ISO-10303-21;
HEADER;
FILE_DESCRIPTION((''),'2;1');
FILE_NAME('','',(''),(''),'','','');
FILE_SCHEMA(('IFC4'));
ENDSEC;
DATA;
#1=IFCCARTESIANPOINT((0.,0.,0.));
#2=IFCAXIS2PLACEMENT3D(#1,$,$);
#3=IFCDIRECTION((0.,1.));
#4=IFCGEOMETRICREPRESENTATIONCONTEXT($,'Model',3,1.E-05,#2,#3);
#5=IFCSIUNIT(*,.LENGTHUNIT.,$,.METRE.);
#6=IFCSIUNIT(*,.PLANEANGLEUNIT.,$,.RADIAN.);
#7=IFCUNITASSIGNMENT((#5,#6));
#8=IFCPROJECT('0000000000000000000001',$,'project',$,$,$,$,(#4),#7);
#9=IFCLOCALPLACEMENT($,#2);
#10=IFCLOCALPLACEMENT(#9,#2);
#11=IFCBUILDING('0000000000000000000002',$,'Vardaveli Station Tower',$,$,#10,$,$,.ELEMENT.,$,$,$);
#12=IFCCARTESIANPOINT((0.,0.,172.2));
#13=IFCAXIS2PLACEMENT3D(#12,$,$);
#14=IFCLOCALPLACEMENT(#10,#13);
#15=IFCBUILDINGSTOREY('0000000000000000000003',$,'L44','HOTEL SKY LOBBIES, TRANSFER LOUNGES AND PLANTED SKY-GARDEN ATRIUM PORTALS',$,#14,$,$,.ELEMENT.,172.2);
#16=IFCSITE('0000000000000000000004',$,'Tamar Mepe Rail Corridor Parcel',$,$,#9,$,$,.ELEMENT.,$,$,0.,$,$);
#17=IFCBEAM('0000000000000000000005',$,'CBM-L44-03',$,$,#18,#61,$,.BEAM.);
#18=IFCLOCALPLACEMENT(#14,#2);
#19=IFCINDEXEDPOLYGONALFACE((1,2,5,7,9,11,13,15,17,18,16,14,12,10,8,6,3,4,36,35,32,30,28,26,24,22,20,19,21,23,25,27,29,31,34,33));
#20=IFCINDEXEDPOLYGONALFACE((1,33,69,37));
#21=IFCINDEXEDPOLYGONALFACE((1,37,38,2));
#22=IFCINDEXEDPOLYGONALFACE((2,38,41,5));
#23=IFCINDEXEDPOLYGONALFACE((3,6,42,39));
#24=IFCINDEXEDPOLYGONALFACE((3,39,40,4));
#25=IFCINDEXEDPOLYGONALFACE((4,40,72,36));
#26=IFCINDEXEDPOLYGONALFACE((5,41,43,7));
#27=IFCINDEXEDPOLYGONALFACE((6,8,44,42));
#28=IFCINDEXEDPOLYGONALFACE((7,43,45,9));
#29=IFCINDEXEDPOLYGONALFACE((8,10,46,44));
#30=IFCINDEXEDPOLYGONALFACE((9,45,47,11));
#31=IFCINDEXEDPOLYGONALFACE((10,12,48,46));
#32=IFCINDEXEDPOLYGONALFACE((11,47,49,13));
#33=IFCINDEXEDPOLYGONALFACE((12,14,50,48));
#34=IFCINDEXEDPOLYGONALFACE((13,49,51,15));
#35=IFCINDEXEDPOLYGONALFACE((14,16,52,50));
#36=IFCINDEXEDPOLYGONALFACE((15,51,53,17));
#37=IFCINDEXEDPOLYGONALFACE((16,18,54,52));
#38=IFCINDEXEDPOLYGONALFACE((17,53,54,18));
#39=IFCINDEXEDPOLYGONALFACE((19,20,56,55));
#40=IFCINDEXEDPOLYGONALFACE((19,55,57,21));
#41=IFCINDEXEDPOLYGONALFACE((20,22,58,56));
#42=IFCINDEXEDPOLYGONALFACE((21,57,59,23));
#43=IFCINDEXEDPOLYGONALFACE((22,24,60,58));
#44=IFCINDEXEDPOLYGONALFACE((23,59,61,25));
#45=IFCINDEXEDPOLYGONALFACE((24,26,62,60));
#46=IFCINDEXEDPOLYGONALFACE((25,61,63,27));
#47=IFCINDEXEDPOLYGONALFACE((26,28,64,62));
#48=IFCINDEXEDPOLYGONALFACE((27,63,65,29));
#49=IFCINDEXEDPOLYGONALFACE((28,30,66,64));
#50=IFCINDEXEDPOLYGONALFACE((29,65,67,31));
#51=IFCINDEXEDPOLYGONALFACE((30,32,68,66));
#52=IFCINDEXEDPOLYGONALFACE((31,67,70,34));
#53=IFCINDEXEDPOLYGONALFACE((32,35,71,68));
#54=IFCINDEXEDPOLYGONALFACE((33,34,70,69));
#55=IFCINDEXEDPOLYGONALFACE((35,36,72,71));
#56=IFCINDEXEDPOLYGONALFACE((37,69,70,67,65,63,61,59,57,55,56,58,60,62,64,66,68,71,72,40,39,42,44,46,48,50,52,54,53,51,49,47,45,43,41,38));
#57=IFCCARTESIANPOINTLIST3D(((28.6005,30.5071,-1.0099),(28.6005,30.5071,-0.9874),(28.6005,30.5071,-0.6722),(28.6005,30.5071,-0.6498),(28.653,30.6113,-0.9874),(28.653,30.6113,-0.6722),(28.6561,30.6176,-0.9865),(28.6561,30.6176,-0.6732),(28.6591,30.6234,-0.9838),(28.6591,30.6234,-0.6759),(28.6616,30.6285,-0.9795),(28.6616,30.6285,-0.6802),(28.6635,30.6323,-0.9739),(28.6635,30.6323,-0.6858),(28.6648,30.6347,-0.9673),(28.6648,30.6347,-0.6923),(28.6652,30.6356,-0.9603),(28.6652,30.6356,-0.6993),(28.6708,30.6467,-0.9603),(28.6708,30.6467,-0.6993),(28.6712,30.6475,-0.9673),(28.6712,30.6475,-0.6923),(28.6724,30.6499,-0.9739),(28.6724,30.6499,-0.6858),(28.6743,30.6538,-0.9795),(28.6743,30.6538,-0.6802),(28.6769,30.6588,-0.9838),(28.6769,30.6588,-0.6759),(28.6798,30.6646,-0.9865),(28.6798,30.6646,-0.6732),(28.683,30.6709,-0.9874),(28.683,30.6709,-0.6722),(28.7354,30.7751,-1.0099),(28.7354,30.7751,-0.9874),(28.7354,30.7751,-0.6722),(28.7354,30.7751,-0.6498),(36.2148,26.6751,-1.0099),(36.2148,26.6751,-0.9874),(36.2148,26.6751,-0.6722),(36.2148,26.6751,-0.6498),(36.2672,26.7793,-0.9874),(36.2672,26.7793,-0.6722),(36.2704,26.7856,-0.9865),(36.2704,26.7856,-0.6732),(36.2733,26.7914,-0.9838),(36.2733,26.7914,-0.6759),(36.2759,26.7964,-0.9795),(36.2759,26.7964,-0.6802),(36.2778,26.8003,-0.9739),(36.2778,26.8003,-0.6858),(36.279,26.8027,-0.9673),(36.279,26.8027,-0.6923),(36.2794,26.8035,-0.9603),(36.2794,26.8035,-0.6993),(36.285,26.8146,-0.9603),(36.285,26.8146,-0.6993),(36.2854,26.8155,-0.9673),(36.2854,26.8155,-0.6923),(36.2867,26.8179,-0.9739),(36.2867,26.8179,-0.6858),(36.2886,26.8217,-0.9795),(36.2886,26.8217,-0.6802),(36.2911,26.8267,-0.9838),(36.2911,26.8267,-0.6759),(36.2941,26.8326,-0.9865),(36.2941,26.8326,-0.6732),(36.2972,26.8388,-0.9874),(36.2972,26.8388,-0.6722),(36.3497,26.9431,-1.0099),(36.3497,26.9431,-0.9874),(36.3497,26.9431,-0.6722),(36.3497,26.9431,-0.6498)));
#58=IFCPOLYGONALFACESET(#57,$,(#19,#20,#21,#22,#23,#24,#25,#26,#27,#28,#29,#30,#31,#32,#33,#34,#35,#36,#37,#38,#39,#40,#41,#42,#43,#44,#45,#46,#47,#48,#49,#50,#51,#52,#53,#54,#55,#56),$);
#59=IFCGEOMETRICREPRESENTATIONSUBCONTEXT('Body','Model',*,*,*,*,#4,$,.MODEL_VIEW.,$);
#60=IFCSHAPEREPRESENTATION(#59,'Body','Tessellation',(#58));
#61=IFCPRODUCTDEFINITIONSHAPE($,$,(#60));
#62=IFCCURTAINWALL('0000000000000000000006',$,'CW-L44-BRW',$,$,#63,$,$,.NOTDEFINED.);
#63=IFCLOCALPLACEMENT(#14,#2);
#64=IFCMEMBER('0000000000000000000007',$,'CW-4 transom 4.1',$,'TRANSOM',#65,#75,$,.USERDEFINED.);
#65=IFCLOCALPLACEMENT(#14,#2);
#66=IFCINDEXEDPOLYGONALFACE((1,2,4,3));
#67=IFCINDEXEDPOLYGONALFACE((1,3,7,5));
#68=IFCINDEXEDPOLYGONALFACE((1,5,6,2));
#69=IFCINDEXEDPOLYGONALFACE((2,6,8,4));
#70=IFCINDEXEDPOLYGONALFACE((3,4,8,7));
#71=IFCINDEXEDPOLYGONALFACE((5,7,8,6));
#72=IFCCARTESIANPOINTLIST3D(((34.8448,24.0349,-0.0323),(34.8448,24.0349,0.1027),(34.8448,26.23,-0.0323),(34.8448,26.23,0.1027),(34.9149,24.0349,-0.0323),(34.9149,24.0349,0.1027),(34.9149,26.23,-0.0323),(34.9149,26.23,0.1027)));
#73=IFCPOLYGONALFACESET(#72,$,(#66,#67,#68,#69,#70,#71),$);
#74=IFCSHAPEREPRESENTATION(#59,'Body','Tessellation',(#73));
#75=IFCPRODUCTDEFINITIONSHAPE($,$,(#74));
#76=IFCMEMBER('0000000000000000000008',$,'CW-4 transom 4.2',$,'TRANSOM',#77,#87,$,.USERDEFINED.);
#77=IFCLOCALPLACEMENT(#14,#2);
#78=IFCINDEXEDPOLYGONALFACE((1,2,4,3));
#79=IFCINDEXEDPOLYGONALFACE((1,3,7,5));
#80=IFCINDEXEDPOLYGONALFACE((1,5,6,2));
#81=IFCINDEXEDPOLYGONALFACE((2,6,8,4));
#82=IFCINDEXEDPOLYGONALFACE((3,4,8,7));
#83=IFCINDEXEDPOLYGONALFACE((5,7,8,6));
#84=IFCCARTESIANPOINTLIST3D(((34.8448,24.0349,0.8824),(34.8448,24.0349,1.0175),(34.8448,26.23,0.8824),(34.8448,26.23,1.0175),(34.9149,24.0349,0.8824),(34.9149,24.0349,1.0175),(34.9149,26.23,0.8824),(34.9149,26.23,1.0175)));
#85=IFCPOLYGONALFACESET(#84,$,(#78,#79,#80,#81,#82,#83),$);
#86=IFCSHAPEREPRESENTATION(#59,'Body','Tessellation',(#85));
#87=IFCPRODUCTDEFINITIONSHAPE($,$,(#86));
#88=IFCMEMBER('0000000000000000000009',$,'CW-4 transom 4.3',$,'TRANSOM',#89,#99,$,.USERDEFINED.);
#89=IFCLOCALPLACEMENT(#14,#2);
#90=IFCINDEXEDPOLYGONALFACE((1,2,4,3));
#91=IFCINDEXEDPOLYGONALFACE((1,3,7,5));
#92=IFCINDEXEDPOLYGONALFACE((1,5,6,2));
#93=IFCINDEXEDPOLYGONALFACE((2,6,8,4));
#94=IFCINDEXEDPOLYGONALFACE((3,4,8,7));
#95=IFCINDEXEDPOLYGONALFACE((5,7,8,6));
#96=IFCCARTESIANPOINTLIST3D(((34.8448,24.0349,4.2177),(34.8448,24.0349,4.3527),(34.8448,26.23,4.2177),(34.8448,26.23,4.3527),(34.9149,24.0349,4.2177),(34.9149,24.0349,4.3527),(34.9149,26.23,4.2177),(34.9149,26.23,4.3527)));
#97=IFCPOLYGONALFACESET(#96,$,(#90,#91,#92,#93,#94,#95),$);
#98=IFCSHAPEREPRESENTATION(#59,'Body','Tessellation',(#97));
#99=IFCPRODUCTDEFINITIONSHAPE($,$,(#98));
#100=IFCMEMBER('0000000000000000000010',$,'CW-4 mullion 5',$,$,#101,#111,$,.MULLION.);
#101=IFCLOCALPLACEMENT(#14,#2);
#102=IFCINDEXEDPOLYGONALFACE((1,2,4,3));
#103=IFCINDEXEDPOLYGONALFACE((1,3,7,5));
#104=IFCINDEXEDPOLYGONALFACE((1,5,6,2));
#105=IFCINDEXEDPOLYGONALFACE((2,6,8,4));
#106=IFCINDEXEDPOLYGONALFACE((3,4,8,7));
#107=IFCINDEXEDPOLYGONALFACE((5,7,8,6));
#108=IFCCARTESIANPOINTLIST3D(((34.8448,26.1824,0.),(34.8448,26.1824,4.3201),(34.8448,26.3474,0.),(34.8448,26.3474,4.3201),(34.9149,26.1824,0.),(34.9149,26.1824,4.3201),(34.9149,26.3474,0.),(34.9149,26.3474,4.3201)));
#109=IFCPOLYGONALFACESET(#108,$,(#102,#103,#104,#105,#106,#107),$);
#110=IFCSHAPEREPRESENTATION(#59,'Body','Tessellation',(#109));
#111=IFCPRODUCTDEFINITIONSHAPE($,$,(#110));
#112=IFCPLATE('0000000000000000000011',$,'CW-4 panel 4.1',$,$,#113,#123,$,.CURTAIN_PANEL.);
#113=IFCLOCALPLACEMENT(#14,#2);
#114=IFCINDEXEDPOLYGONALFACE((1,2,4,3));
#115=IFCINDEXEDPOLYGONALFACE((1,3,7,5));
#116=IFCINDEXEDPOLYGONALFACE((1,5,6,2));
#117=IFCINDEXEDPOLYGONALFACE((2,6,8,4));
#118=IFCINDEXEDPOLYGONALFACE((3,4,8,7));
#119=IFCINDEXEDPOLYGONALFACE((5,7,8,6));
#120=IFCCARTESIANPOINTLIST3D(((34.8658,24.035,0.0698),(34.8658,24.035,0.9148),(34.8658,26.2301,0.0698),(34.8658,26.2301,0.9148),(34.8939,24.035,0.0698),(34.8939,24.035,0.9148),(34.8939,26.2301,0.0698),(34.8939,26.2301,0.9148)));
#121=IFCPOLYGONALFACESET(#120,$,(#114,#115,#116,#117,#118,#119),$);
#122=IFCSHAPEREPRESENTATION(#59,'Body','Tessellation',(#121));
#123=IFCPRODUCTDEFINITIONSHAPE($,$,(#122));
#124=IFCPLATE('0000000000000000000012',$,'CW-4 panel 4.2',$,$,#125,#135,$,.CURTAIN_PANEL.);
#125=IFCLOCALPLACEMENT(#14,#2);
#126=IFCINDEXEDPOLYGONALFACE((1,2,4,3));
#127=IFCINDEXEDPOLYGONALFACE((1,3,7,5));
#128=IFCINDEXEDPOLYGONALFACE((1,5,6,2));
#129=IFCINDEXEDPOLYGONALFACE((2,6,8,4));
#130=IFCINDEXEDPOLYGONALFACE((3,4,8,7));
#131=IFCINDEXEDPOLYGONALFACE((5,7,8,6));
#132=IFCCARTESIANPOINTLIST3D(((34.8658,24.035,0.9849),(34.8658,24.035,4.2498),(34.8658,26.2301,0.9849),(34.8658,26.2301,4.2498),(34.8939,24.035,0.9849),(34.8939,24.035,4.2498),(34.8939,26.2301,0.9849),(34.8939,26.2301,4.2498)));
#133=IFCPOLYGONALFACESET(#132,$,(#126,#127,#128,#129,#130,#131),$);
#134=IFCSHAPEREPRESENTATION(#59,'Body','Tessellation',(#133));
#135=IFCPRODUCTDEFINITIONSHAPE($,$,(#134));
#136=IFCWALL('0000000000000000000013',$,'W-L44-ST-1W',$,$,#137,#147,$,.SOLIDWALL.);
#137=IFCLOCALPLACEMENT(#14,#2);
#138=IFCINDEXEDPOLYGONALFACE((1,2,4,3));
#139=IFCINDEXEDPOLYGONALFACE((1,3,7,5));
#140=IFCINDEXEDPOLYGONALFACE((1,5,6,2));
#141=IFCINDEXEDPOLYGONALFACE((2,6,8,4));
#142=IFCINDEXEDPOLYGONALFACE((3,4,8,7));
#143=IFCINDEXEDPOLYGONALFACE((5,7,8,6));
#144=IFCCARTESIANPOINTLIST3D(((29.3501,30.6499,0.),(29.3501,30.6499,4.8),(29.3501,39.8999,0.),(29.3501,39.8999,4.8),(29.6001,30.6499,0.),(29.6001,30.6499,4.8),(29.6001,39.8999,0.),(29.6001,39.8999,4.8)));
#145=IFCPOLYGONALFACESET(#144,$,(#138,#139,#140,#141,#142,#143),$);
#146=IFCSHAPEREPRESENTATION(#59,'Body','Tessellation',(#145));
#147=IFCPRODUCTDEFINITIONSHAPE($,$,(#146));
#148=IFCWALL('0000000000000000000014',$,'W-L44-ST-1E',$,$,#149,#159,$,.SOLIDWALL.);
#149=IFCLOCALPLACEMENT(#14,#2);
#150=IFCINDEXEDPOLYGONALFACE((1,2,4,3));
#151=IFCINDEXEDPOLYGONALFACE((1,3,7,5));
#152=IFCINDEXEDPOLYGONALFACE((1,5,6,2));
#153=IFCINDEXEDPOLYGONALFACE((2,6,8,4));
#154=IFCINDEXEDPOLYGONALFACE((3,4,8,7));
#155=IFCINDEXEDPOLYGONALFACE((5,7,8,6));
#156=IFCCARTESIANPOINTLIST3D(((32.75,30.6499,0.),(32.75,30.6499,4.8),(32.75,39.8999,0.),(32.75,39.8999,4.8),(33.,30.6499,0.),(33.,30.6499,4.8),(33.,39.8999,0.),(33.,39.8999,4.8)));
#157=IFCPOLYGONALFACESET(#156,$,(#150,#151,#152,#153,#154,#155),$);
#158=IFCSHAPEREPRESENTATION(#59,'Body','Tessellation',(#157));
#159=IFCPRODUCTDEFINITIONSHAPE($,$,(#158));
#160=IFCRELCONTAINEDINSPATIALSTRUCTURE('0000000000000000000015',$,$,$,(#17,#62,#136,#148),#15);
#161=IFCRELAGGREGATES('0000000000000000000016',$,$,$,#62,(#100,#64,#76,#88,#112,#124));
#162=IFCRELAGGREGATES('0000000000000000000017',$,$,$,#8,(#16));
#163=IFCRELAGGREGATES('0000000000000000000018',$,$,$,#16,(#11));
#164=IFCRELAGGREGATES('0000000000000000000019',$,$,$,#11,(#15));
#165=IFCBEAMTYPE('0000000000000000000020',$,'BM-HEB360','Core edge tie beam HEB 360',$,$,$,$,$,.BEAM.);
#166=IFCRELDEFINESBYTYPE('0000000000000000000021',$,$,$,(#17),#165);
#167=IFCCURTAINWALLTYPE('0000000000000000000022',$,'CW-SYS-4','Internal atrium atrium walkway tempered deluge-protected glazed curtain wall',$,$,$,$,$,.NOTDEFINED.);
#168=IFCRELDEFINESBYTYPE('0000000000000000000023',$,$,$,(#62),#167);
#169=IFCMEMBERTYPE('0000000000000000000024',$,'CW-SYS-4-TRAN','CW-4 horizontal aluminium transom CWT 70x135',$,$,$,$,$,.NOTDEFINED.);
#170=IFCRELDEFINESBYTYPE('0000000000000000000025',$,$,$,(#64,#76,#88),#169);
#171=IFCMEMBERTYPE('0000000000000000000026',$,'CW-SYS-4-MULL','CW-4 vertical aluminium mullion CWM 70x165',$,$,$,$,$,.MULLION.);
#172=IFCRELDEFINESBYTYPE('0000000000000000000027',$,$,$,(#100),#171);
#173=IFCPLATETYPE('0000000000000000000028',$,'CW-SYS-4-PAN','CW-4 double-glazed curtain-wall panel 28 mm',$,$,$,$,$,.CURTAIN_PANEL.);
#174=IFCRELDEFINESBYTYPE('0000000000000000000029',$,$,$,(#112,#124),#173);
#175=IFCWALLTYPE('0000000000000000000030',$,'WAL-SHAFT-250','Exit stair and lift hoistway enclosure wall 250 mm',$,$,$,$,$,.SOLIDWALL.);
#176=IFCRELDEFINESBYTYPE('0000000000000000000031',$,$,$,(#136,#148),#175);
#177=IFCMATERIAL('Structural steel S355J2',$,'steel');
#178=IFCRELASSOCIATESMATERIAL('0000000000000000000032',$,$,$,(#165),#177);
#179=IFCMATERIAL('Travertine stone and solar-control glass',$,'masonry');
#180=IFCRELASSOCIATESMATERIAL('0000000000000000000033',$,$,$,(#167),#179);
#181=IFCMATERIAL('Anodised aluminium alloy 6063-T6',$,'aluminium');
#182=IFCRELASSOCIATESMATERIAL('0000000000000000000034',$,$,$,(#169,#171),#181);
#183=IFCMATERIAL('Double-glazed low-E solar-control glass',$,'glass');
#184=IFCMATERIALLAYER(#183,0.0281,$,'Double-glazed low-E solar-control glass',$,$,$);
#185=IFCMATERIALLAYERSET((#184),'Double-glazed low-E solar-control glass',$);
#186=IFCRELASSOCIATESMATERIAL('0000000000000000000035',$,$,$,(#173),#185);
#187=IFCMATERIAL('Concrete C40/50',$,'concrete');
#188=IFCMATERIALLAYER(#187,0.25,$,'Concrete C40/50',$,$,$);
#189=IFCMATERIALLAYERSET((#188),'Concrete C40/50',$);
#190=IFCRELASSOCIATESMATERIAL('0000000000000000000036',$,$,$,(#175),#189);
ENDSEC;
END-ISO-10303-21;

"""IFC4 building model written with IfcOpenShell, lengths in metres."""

from ifc_helpers import new_model, si_unit, direction, frame, frame_2d, origin, origin_2d, place, context, subcontext, project, spatial, rectangle, i_section, extrude, source, transform, mapped, material, layer, layer_set, material_profile, profile_set, type_object, element, aggregate, save


model = new_model("IFC4")

# Units and contexts
model_context = context("Model", 3, precision=1e-05, world=origin(), true_north=direction((0.0, 1.0)))
body_context = subcontext(model_context, "Body", "Model", "MODEL_VIEW")
ifc_project = project(units=[si_unit("LENGTHUNIT", "METRE"), si_unit("PLANEANGLEUNIT", "RADIAN")], contexts=[model_context])

# Site, building, storey
site_placement = place(None, origin())
site = spatial("IfcSite", under=ifc_project, at=site_placement, Name="Tamar Mepe Rail Corridor Parcel", CompositionType="ELEMENT", RefElevation=0.0)
building_placement = place(site_placement, origin())
building = spatial("IfcBuilding", under=site, at=building_placement, Name="Vardaveli Station Tower", CompositionType="ELEMENT")
storey_placement = place(building_placement, frame((0.0, 0.0, 172.2)))
storey = spatial("IfcBuildingStorey", under=building, at=storey_placement, Name="L44", Description="HOTEL SKY LOBBIES, TRANSFER LOUNGES AND PLANTED SKY-GARDEN ATRIUM PORTALS", CompositionType="ELEMENT", Elevation=172.2)

# Beam
ifc_material_1 = material(Name="Structural steel S355J2", Category="steel")
ifc_material_profile_1 = material_profile(ifc_material_1, i_section(OverallWidth=0.3, OverallDepth=0.3601, WebThickness=0.0125, FlangeThickness=0.0225, FilletRadius=0.0271, at=origin_2d()), Name="HEB 360")
ifc_profile_set_1 = profile_set([ifc_material_profile_1], Name="Structural steel S355J2")
beam_type_1 = type_object("IfcBeamType", Name="BM-HEB360", Description="Core edge tie beam HEB 360", PredefinedType="BEAM", material=ifc_profile_set_1)
shared_shape_1 = source(origin(), body_context, "Body", "SweptSolid", [
    extrude(i_section(OverallWidth=0.3, OverallDepth=0.3601, WebThickness=0.0125, FlangeThickness=0.0225, FilletRadius=0.0271, at=origin_2d()), origin(), (0.0, 0.0, 1.0), 8.5242),
])
beam_1_placement = place(storey_placement, frame((28.668, 30.6411, -0.8298), z_axis=(0.893256, -0.449549, 0.0), x_axis=(0.449549, 0.893256, 0.0)))
element("IfcBeam", 1, at=beam_1_placement, inside=storey, type_object=beam_type_1, Name="CBM-L44-03", PredefinedType="BEAM", context=body_context, shape_type="MappedRepresentation", body=[
    mapped(shared_shape_1, transform((0.0, 0.0, 0.0), scale=1.0)),
])

# Curtain wall, members, plates
ifc_material_2 = material(Name="Travertine stone and solar-control glass", Category="masonry")
curtain_wall_type = type_object("IfcCurtainWallType", Name="CW-SYS-4", Description="Internal atrium atrium walkway tempered deluge-protected glazed curtain wall", PredefinedType="NOTDEFINED", material=ifc_material_2)
curtain_wall_placement = place(storey_placement, origin())
curtain_wall = element("IfcCurtainWall", 2, at=curtain_wall_placement, inside=storey, type_object=curtain_wall_type, Name="CW-L44-BRW", PredefinedType="NOTDEFINED")
ifc_material_3 = material(Name="Anodised aluminium alloy 6063-T6", Category="aluminium")
ifc_material_profile_2 = material_profile(ifc_material_3, rectangle(XDim=0.0701, YDim=0.135, at=origin_2d()), Name="CWT 70x135")
ifc_profile_set_2 = profile_set([ifc_material_profile_2], Name="Anodised aluminium alloy 6063-T6")
member_type_1 = type_object("IfcMemberType", Name="CW-SYS-4-TRAN", Description="CW-4 horizontal aluminium transom CWT 70x135", PredefinedType="NOTDEFINED", material=ifc_profile_set_2)
shared_shape_2 = source(origin(), body_context, "Body", "SweptSolid", [
    extrude(rectangle(XDim=0.0701, YDim=0.135, at=origin_2d()), origin(), (0.0, 0.0, 1.0), 2.1951),
])
member_1_placement = place(storey_placement, frame((34.8799, 24.0349, 0.0352), z_axis=(0.0, 1.0, 0.0), x_axis=(-1.0, 0.0, 0.0)))
member_1 = element("IfcMember", 3, at=member_1_placement, type_object=member_type_1, Name="CW-4 transom 4.1", ObjectType="TRANSOM", PredefinedType="USERDEFINED", context=body_context, shape_type="MappedRepresentation", body=[
    mapped(shared_shape_2, transform((0.0, 0.0, 0.0), scale=1.0)),
])
member_2_placement = place(storey_placement, frame((34.8799, 24.0349, 0.95), z_axis=(0.0, 1.0, 0.0), x_axis=(-1.0, 0.0, 0.0)))
member_2 = element("IfcMember", 4, at=member_2_placement, type_object=member_type_1, Name="CW-4 transom 4.2", ObjectType="TRANSOM", PredefinedType="USERDEFINED", context=body_context, shape_type="MappedRepresentation", body=[
    mapped(shared_shape_2, transform((0.0, 0.0, 0.0), scale=1.0)),
])
member_3_placement = place(storey_placement, frame((34.8799, 24.0349, 4.2852), z_axis=(0.0, 1.0, 0.0), x_axis=(-1.0, 0.0, 0.0)))
member_3 = element("IfcMember", 5, at=member_3_placement, type_object=member_type_1, Name="CW-4 transom 4.3", ObjectType="TRANSOM", PredefinedType="USERDEFINED", context=body_context, shape_type="MappedRepresentation", body=[
    mapped(shared_shape_2, transform((0.0, 0.0, 0.0), scale=1.0)),
])
ifc_material_profile_3 = material_profile(ifc_material_3, rectangle(XDim=0.0701, YDim=0.165, at=origin_2d()), Name="CWM 70x165")
ifc_profile_set_3 = profile_set([ifc_material_profile_3], Name="Anodised aluminium alloy 6063-T6")
member_type_2 = type_object("IfcMemberType", Name="CW-SYS-4-MULL", Description="CW-4 vertical aluminium mullion CWM 70x165", PredefinedType="MULLION", material=ifc_profile_set_3)
shared_shape_3 = source(origin(), body_context, "Body", "SweptSolid", [
    extrude(rectangle(XDim=0.0701, YDim=0.165, at=origin_2d()), origin(), (0.0, 0.0, 1.0), 4.3201),
])
member_4_placement = place(storey_placement, frame((34.8799, 26.2649, 0.0), z_axis=(0.0, 0.0, 1.0), x_axis=(-1.0, 0.0, 0.0)))
member_4 = element("IfcMember", 6, at=member_4_placement, type_object=member_type_2, Name="CW-4 mullion 5", PredefinedType="MULLION", context=body_context, shape_type="MappedRepresentation", body=[
    mapped(shared_shape_3, transform((0.0, 0.0, 0.0), scale=1.0)),
])
ifc_material_4 = material(Name="Double-glazed low-E solar-control glass", Category="glass")
ifc_layer_1 = layer(ifc_material_4, 0.0281, Name="Double-glazed low-E solar-control glass")
ifc_layer_set_1 = layer_set([ifc_layer_1], Name="Double-glazed low-E solar-control glass")
plate_type = type_object("IfcPlateType", Name="CW-SYS-4-PAN", Description="CW-4 double-glazed curtain-wall panel 28 mm", PredefinedType="CURTAIN_PANEL", material=ifc_layer_set_1)
shared_shape_4 = source(origin(), body_context, "Body", "SweptSolid", [
    extrude(rectangle(XDim=2.1951, YDim=0.0281, at=origin_2d()), origin(), (0.0, 0.0, 1.0), 0.845),
])
plate_1_placement = place(storey_placement, frame((34.8799, 25.1326, 0.0698), z_axis=(0.0, 0.0, 1.0), x_axis=(0.0, 1.0, 0.0)))
plate_1 = element("IfcPlate", 7, at=plate_1_placement, type_object=plate_type, Name="CW-4 panel 4.1", PredefinedType="CURTAIN_PANEL", context=body_context, shape_type="MappedRepresentation", body=[
    mapped(shared_shape_4, transform((0.0, 0.0, 0.0), scale=1.0)),
])
shared_shape_5 = source(origin(), body_context, "Body", "SweptSolid", [
    extrude(rectangle(XDim=2.1951, YDim=0.0281, at=origin_2d()), origin(), (0.0, 0.0, 1.0), 3.2649),
])
plate_2_placement = place(storey_placement, frame((34.8799, 25.1326, 0.9849), z_axis=(0.0, 0.0, 1.0), x_axis=(0.0, 1.0, 0.0)))
plate_2 = element("IfcPlate", 8, at=plate_2_placement, type_object=plate_type, Name="CW-4 panel 4.2", PredefinedType="CURTAIN_PANEL", context=body_context, shape_type="MappedRepresentation", body=[
    mapped(shared_shape_5, transform((0.0, 0.0, 0.0), scale=1.0)),
])
aggregate(curtain_wall, [member_4, member_1, member_2, member_3, plate_1, plate_2])

# Walls
ifc_material_5 = material(Name="Concrete C40/50", Category="concrete")
ifc_layer_2 = layer(ifc_material_5, 0.25, Name="Concrete C40/50")
ifc_layer_set_2 = layer_set([ifc_layer_2], Name="Concrete C40/50")
wall_type_1 = type_object("IfcWallType", Name="WAL-SHAFT-250", Description="Exit stair and lift hoistway enclosure wall 250 mm", PredefinedType="SOLIDWALL", material=ifc_layer_set_2)
shared_shape_6 = source(origin(), body_context, "Body", "SweptSolid", [
    extrude(rectangle(XDim=9.25, YDim=0.25, at=frame_2d((4.625, 0.0))), origin(), (0.0, 0.0, 1.0), 4.8),
])
for number, where, z_axis, x_axis, name in (
    (9, (29.4751, 30.6499, 0.0), (0.0, 0.0, 1.0), (0.0, 1.0, 0.0), "W-L44-ST-1W"),
    (10, (32.875, 30.6499, 0.0), (0.0, 0.0, 1.0), (0.0, 1.0, 0.0), "W-L44-ST-1E"),
):
    element("IfcWall", number, at=place(storey_placement, frame(where, z_axis=z_axis, x_axis=x_axis)), inside=storey, type_object=wall_type_1, Name=name, PredefinedType="SOLIDWALL", context=body_context, shape_type="MappedRepresentation", body=[
        mapped(shared_shape_6, transform((0.0, 0.0, 0.0), scale=1.0)),
    ])

save(model, "model.ifc")
